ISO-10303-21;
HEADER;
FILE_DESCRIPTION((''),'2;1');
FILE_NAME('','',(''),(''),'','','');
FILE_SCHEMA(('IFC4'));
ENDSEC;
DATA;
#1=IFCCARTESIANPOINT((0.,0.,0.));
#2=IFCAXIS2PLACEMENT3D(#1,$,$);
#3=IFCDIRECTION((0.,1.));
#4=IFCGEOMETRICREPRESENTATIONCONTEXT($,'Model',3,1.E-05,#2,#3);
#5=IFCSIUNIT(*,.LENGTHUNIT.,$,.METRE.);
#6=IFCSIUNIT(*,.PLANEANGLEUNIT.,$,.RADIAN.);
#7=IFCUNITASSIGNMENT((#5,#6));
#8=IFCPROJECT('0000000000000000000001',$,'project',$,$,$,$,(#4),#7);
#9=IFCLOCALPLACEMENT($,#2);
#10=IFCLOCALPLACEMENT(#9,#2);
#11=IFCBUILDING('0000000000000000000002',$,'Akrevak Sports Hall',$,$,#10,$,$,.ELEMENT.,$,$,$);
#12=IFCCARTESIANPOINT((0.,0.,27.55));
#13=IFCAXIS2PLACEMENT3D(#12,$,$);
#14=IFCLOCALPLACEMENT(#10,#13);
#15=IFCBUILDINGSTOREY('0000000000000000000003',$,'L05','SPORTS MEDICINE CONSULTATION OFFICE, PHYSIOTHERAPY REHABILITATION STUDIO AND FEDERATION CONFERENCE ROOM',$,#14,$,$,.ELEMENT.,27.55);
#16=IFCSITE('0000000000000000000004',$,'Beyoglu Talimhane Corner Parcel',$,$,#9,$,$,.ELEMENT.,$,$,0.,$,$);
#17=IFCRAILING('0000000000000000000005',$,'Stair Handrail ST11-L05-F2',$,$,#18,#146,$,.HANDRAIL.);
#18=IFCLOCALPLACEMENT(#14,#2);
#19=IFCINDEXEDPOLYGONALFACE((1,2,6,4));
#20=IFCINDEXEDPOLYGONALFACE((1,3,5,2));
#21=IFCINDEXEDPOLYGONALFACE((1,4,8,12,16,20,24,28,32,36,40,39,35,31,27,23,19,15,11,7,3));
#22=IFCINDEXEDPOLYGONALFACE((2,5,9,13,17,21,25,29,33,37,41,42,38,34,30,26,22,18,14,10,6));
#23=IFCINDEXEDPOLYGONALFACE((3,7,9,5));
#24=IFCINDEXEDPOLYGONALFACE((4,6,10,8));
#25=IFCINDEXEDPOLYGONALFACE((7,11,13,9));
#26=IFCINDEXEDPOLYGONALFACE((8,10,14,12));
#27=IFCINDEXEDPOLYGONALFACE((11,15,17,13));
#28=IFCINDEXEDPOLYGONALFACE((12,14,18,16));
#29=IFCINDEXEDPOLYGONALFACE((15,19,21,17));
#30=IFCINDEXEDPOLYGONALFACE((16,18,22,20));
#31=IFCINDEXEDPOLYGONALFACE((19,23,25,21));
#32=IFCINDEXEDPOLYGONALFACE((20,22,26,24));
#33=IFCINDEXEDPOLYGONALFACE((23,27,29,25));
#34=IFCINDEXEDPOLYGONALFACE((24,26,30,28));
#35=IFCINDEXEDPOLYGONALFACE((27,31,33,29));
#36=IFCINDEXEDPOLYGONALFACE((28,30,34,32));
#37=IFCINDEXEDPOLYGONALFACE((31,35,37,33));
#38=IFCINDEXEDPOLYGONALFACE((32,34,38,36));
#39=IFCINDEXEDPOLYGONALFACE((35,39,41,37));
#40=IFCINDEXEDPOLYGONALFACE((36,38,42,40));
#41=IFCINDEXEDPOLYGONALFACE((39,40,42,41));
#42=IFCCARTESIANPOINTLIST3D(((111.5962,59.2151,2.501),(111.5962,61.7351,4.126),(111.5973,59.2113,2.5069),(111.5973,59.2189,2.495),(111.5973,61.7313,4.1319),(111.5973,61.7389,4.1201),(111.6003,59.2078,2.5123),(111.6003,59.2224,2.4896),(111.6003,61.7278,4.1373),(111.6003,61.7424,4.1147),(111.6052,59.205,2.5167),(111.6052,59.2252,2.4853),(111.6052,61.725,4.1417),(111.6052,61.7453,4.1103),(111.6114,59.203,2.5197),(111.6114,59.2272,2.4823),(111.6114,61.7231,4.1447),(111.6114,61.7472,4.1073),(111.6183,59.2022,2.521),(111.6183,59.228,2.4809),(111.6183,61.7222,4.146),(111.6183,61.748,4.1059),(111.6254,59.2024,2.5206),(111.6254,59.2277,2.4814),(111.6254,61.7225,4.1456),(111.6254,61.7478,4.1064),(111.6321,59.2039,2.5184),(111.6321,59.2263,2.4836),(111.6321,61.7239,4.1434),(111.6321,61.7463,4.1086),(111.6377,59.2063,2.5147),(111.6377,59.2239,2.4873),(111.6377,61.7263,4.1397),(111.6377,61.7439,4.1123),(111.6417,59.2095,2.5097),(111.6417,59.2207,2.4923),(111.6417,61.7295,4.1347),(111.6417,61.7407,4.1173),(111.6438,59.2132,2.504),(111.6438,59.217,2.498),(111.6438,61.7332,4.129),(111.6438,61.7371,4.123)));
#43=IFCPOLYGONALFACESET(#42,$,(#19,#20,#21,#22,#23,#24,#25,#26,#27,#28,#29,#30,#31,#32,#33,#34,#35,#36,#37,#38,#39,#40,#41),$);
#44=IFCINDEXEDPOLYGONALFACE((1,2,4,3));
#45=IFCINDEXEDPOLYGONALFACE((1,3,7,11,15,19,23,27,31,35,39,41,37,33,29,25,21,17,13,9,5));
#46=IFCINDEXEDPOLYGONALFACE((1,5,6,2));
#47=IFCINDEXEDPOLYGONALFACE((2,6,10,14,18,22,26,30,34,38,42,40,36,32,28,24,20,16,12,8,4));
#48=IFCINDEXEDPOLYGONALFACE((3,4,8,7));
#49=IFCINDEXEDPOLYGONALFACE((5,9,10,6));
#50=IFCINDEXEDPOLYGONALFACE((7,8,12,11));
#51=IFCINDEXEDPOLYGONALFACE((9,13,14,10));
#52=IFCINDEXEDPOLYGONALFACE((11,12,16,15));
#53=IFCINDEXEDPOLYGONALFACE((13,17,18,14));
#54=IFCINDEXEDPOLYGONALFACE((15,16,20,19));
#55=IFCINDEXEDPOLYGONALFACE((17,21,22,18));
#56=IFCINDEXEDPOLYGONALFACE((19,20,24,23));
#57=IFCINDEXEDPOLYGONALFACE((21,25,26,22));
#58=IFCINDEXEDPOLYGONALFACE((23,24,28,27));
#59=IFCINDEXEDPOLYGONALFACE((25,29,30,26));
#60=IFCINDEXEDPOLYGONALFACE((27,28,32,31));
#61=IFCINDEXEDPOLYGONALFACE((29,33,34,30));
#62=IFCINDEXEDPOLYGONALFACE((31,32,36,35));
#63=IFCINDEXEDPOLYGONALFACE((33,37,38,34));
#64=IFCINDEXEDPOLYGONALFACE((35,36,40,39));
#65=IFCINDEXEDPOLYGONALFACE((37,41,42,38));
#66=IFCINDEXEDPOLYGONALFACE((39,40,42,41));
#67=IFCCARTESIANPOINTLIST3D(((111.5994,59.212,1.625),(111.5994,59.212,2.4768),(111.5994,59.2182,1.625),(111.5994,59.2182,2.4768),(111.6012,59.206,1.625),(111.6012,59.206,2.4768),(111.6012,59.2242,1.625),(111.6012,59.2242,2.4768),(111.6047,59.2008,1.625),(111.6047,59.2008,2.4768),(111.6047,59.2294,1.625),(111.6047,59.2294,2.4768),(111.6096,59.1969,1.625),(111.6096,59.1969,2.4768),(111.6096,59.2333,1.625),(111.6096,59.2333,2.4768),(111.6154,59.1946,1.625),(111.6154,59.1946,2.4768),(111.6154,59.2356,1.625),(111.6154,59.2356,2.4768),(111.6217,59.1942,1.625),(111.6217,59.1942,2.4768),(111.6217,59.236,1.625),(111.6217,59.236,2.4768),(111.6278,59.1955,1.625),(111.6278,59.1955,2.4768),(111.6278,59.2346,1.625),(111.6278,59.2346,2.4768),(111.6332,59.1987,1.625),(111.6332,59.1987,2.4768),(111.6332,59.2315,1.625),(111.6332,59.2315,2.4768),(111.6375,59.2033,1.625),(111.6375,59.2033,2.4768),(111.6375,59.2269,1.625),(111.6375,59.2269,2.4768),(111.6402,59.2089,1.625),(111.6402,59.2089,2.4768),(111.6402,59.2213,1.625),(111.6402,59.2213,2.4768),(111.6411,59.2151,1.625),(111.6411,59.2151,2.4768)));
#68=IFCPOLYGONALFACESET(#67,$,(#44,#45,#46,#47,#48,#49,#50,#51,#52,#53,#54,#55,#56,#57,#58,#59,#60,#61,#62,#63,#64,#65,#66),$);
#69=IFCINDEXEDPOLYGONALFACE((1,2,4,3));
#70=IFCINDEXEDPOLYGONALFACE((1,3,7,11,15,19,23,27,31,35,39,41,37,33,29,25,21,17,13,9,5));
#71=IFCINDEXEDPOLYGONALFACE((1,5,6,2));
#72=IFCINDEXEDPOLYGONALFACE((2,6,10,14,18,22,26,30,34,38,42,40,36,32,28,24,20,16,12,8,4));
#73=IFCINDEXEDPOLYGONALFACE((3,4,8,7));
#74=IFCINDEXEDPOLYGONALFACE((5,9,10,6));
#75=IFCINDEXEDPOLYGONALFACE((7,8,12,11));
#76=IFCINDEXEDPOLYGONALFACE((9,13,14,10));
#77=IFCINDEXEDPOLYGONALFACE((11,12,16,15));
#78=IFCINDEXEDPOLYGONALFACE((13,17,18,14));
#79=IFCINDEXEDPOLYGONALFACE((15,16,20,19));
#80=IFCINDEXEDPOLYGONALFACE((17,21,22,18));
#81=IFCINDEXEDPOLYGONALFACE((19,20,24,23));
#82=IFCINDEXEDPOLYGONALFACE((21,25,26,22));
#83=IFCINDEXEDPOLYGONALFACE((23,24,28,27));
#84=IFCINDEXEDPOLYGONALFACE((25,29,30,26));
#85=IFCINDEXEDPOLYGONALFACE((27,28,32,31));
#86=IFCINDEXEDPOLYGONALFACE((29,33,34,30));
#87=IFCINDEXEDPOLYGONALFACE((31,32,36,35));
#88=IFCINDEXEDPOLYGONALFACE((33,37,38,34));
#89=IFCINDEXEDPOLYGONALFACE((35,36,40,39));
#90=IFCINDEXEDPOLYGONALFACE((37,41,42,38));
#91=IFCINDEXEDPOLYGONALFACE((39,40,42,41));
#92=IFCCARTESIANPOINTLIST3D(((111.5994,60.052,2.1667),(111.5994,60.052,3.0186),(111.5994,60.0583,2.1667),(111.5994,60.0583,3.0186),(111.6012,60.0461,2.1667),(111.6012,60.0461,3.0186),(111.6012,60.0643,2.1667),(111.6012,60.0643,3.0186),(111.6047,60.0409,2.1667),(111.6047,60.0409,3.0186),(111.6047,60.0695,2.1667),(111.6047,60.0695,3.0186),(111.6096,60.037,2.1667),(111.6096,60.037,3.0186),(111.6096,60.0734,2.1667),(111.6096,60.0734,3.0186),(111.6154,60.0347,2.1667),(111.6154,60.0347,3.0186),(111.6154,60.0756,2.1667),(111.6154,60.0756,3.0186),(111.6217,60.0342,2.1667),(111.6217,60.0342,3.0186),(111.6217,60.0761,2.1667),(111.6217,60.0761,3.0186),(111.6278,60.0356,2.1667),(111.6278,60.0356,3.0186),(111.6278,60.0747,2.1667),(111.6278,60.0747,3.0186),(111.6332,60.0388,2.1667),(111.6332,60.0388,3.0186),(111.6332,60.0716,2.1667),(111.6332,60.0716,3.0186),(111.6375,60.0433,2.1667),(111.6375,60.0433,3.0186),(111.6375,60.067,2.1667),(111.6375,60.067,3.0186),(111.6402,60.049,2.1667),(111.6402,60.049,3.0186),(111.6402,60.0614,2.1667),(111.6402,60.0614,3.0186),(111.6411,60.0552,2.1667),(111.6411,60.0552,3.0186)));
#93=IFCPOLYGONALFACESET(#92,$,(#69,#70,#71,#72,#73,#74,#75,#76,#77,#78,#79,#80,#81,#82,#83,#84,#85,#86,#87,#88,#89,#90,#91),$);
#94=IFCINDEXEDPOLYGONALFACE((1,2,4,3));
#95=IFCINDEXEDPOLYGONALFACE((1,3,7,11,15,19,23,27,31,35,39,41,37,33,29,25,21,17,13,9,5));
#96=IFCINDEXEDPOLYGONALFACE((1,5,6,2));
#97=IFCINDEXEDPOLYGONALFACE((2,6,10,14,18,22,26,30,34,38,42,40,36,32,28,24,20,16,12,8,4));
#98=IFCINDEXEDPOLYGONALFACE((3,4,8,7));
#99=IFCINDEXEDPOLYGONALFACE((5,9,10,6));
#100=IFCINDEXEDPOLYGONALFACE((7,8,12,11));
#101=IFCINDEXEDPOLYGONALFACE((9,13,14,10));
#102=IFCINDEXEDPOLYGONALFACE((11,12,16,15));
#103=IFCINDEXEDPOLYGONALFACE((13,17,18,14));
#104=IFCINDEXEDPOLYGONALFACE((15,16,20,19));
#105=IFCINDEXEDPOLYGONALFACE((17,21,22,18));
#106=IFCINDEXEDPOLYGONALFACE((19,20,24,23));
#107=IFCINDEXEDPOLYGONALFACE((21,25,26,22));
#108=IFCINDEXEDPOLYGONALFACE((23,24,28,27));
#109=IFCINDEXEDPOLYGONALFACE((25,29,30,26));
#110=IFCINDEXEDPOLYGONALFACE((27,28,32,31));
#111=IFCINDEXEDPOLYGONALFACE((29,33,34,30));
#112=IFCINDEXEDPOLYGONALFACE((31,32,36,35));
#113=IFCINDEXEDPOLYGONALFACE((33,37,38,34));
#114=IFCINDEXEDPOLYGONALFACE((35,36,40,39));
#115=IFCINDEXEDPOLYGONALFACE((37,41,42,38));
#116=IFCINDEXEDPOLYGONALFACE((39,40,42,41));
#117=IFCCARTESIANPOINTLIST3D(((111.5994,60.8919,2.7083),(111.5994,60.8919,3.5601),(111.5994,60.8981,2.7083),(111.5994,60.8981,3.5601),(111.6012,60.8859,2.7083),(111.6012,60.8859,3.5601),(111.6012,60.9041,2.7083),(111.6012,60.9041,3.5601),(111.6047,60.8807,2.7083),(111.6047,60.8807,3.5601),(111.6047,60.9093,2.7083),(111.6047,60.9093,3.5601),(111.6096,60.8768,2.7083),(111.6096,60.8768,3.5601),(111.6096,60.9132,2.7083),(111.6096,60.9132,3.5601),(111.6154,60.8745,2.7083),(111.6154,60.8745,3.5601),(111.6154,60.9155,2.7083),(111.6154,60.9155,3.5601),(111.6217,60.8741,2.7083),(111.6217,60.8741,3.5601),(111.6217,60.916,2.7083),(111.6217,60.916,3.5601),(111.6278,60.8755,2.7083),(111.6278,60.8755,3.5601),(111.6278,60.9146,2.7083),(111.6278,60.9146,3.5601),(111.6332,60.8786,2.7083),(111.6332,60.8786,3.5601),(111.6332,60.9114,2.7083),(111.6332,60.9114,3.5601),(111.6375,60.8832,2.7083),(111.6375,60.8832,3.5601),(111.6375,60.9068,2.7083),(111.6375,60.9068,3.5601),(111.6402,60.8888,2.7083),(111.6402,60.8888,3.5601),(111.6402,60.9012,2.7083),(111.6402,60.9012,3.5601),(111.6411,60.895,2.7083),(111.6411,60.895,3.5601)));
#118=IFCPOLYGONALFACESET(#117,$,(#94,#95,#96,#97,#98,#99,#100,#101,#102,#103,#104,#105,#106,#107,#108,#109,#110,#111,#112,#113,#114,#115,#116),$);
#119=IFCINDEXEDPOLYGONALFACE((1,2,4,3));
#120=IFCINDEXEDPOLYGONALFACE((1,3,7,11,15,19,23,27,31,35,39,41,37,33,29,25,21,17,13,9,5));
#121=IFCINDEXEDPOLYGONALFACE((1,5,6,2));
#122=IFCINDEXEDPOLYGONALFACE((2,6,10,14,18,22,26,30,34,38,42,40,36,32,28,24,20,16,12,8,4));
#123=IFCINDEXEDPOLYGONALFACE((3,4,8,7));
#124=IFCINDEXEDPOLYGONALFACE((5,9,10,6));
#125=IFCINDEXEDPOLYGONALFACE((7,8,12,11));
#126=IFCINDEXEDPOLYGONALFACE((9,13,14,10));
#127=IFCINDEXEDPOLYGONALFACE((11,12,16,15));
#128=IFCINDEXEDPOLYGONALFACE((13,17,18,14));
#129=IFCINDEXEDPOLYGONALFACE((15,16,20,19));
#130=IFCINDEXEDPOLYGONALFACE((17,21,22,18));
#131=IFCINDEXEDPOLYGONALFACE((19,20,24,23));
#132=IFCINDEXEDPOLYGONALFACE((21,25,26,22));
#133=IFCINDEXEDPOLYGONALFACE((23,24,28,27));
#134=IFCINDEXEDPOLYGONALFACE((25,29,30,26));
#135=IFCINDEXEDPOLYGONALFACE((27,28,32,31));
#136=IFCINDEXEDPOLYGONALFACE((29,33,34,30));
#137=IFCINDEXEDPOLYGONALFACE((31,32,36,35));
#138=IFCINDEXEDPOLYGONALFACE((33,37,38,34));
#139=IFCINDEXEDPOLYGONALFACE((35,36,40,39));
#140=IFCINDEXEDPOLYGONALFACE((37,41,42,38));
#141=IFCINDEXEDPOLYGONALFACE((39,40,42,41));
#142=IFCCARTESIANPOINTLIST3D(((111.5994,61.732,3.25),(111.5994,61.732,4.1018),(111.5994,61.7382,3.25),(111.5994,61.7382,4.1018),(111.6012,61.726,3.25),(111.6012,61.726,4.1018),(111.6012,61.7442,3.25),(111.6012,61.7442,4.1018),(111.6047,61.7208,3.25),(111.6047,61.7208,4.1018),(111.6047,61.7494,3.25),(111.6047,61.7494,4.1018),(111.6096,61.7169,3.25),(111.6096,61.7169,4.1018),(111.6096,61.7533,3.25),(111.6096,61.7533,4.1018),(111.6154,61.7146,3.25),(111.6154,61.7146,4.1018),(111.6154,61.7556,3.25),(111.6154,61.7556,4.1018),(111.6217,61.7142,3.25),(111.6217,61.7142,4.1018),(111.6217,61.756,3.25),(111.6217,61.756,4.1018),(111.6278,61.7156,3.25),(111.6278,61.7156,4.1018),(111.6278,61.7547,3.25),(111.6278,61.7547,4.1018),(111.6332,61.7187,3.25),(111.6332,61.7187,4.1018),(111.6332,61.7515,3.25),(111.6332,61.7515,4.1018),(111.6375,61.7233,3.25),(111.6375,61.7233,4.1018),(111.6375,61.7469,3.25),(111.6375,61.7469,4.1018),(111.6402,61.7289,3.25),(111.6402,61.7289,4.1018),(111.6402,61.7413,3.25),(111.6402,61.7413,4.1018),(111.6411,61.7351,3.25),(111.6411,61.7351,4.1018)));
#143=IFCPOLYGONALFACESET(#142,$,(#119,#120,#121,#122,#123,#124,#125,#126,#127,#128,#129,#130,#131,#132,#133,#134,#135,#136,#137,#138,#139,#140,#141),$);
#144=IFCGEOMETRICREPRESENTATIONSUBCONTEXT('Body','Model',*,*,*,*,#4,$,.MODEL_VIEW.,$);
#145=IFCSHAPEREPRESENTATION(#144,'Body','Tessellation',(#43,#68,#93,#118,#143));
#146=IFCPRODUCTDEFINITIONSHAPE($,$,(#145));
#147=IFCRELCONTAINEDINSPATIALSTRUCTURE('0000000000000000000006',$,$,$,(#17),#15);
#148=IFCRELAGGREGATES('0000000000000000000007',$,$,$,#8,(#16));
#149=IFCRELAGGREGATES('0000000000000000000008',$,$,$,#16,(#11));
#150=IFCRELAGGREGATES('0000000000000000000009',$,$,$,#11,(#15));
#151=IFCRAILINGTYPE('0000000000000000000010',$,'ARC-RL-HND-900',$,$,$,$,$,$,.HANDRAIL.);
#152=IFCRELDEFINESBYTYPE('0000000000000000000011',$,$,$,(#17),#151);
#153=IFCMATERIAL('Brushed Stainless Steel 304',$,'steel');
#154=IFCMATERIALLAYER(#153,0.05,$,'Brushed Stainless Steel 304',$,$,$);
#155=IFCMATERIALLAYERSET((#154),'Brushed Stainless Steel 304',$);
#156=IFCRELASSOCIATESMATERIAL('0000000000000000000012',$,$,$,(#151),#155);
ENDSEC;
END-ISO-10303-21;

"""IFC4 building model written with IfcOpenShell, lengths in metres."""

from ifc_helpers import new_model, si_unit, direction, frame, origin, origin_2d, place, context, subcontext, project, spatial, circle, extrude, material, layer, layer_set, type_object, element, save


model = new_model("IFC4")

# Units and contexts
model_context = context("Model", 3, precision=1e-05, world=origin(), true_north=direction((0.0, 1.0)))
body_context = subcontext(model_context, "Body", "Model", "MODEL_VIEW")
ifc_project = project(units=[si_unit("LENGTHUNIT", "METRE"), si_unit("PLANEANGLEUNIT", "RADIAN")], contexts=[model_context])

# Site, building, storey
site_placement = place(None, origin())
site = spatial("IfcSite", under=ifc_project, at=site_placement, Name="Beyoglu Talimhane Corner Parcel", CompositionType="ELEMENT", RefElevation=0.0)
building_placement = place(site_placement, origin())
building = spatial("IfcBuilding", under=site, at=building_placement, Name="Akrevak Sports Hall", CompositionType="ELEMENT")
storey_placement = place(building_placement, frame((0.0, 0.0, 27.55)))
storey = spatial("IfcBuildingStorey", under=building, at=storey_placement, Name="L05", Description="SPORTS MEDICINE CONSULTATION OFFICE, PHYSIOTHERAPY REHABILITATION STUDIO AND FEDERATION CONFERENCE ROOM", CompositionType="ELEMENT", Elevation=27.55)

# Railing
ifc_material_1 = material(Name="Brushed Stainless Steel 304", Category="steel")
ifc_layer_1 = layer(ifc_material_1, 0.05, Name="Brushed Stainless Steel 304")
ifc_layer_set_1 = layer_set([ifc_layer_1], Name="Brushed Stainless Steel 304")
railing_type_1 = type_object("IfcRailingType", Name="ARC-RL-HND-900", PredefinedType="HANDRAIL", material=ifc_layer_set_1)
railing_1_placement = place(storey_placement, frame((111.6201, 59.2151, 1.625)))
element("IfcRailing", 1, at=railing_1_placement, inside=storey, type_object=railing_type_1, Name="Stair Handrail ST11-L05-F2", PredefinedType="HANDRAIL", context=body_context, shape_type="SweptSolid", body=[
    extrude(circle(Radius=0.0239, at=origin_2d()), frame((0.0, 0.0, 0.876), z_axis=(0.0, 0.840421, 0.541934), x_axis=(-1.0, 0.0, 0.0)), (0.0, 0.0, 1.0), 2.9985),
    extrude(circle(Radius=0.021, at=origin_2d()), origin(), (0.0, 0.0, 1.0), 0.8518),
    extrude(circle(Radius=0.021, at=origin_2d()), frame((0.0, 0.8401, 0.5417)), (0.0, 0.0, 1.0), 0.8518),
    extrude(circle(Radius=0.021, at=origin_2d()), frame((0.0, 1.6799, 1.0833)), (0.0, 0.0, 1.0), 0.8518),
    extrude(circle(Radius=0.021, at=origin_2d()), frame((0.0, 2.52, 1.625)), (0.0, 0.0, 1.0), 0.8518),
])

save(model, "model.ifc")
